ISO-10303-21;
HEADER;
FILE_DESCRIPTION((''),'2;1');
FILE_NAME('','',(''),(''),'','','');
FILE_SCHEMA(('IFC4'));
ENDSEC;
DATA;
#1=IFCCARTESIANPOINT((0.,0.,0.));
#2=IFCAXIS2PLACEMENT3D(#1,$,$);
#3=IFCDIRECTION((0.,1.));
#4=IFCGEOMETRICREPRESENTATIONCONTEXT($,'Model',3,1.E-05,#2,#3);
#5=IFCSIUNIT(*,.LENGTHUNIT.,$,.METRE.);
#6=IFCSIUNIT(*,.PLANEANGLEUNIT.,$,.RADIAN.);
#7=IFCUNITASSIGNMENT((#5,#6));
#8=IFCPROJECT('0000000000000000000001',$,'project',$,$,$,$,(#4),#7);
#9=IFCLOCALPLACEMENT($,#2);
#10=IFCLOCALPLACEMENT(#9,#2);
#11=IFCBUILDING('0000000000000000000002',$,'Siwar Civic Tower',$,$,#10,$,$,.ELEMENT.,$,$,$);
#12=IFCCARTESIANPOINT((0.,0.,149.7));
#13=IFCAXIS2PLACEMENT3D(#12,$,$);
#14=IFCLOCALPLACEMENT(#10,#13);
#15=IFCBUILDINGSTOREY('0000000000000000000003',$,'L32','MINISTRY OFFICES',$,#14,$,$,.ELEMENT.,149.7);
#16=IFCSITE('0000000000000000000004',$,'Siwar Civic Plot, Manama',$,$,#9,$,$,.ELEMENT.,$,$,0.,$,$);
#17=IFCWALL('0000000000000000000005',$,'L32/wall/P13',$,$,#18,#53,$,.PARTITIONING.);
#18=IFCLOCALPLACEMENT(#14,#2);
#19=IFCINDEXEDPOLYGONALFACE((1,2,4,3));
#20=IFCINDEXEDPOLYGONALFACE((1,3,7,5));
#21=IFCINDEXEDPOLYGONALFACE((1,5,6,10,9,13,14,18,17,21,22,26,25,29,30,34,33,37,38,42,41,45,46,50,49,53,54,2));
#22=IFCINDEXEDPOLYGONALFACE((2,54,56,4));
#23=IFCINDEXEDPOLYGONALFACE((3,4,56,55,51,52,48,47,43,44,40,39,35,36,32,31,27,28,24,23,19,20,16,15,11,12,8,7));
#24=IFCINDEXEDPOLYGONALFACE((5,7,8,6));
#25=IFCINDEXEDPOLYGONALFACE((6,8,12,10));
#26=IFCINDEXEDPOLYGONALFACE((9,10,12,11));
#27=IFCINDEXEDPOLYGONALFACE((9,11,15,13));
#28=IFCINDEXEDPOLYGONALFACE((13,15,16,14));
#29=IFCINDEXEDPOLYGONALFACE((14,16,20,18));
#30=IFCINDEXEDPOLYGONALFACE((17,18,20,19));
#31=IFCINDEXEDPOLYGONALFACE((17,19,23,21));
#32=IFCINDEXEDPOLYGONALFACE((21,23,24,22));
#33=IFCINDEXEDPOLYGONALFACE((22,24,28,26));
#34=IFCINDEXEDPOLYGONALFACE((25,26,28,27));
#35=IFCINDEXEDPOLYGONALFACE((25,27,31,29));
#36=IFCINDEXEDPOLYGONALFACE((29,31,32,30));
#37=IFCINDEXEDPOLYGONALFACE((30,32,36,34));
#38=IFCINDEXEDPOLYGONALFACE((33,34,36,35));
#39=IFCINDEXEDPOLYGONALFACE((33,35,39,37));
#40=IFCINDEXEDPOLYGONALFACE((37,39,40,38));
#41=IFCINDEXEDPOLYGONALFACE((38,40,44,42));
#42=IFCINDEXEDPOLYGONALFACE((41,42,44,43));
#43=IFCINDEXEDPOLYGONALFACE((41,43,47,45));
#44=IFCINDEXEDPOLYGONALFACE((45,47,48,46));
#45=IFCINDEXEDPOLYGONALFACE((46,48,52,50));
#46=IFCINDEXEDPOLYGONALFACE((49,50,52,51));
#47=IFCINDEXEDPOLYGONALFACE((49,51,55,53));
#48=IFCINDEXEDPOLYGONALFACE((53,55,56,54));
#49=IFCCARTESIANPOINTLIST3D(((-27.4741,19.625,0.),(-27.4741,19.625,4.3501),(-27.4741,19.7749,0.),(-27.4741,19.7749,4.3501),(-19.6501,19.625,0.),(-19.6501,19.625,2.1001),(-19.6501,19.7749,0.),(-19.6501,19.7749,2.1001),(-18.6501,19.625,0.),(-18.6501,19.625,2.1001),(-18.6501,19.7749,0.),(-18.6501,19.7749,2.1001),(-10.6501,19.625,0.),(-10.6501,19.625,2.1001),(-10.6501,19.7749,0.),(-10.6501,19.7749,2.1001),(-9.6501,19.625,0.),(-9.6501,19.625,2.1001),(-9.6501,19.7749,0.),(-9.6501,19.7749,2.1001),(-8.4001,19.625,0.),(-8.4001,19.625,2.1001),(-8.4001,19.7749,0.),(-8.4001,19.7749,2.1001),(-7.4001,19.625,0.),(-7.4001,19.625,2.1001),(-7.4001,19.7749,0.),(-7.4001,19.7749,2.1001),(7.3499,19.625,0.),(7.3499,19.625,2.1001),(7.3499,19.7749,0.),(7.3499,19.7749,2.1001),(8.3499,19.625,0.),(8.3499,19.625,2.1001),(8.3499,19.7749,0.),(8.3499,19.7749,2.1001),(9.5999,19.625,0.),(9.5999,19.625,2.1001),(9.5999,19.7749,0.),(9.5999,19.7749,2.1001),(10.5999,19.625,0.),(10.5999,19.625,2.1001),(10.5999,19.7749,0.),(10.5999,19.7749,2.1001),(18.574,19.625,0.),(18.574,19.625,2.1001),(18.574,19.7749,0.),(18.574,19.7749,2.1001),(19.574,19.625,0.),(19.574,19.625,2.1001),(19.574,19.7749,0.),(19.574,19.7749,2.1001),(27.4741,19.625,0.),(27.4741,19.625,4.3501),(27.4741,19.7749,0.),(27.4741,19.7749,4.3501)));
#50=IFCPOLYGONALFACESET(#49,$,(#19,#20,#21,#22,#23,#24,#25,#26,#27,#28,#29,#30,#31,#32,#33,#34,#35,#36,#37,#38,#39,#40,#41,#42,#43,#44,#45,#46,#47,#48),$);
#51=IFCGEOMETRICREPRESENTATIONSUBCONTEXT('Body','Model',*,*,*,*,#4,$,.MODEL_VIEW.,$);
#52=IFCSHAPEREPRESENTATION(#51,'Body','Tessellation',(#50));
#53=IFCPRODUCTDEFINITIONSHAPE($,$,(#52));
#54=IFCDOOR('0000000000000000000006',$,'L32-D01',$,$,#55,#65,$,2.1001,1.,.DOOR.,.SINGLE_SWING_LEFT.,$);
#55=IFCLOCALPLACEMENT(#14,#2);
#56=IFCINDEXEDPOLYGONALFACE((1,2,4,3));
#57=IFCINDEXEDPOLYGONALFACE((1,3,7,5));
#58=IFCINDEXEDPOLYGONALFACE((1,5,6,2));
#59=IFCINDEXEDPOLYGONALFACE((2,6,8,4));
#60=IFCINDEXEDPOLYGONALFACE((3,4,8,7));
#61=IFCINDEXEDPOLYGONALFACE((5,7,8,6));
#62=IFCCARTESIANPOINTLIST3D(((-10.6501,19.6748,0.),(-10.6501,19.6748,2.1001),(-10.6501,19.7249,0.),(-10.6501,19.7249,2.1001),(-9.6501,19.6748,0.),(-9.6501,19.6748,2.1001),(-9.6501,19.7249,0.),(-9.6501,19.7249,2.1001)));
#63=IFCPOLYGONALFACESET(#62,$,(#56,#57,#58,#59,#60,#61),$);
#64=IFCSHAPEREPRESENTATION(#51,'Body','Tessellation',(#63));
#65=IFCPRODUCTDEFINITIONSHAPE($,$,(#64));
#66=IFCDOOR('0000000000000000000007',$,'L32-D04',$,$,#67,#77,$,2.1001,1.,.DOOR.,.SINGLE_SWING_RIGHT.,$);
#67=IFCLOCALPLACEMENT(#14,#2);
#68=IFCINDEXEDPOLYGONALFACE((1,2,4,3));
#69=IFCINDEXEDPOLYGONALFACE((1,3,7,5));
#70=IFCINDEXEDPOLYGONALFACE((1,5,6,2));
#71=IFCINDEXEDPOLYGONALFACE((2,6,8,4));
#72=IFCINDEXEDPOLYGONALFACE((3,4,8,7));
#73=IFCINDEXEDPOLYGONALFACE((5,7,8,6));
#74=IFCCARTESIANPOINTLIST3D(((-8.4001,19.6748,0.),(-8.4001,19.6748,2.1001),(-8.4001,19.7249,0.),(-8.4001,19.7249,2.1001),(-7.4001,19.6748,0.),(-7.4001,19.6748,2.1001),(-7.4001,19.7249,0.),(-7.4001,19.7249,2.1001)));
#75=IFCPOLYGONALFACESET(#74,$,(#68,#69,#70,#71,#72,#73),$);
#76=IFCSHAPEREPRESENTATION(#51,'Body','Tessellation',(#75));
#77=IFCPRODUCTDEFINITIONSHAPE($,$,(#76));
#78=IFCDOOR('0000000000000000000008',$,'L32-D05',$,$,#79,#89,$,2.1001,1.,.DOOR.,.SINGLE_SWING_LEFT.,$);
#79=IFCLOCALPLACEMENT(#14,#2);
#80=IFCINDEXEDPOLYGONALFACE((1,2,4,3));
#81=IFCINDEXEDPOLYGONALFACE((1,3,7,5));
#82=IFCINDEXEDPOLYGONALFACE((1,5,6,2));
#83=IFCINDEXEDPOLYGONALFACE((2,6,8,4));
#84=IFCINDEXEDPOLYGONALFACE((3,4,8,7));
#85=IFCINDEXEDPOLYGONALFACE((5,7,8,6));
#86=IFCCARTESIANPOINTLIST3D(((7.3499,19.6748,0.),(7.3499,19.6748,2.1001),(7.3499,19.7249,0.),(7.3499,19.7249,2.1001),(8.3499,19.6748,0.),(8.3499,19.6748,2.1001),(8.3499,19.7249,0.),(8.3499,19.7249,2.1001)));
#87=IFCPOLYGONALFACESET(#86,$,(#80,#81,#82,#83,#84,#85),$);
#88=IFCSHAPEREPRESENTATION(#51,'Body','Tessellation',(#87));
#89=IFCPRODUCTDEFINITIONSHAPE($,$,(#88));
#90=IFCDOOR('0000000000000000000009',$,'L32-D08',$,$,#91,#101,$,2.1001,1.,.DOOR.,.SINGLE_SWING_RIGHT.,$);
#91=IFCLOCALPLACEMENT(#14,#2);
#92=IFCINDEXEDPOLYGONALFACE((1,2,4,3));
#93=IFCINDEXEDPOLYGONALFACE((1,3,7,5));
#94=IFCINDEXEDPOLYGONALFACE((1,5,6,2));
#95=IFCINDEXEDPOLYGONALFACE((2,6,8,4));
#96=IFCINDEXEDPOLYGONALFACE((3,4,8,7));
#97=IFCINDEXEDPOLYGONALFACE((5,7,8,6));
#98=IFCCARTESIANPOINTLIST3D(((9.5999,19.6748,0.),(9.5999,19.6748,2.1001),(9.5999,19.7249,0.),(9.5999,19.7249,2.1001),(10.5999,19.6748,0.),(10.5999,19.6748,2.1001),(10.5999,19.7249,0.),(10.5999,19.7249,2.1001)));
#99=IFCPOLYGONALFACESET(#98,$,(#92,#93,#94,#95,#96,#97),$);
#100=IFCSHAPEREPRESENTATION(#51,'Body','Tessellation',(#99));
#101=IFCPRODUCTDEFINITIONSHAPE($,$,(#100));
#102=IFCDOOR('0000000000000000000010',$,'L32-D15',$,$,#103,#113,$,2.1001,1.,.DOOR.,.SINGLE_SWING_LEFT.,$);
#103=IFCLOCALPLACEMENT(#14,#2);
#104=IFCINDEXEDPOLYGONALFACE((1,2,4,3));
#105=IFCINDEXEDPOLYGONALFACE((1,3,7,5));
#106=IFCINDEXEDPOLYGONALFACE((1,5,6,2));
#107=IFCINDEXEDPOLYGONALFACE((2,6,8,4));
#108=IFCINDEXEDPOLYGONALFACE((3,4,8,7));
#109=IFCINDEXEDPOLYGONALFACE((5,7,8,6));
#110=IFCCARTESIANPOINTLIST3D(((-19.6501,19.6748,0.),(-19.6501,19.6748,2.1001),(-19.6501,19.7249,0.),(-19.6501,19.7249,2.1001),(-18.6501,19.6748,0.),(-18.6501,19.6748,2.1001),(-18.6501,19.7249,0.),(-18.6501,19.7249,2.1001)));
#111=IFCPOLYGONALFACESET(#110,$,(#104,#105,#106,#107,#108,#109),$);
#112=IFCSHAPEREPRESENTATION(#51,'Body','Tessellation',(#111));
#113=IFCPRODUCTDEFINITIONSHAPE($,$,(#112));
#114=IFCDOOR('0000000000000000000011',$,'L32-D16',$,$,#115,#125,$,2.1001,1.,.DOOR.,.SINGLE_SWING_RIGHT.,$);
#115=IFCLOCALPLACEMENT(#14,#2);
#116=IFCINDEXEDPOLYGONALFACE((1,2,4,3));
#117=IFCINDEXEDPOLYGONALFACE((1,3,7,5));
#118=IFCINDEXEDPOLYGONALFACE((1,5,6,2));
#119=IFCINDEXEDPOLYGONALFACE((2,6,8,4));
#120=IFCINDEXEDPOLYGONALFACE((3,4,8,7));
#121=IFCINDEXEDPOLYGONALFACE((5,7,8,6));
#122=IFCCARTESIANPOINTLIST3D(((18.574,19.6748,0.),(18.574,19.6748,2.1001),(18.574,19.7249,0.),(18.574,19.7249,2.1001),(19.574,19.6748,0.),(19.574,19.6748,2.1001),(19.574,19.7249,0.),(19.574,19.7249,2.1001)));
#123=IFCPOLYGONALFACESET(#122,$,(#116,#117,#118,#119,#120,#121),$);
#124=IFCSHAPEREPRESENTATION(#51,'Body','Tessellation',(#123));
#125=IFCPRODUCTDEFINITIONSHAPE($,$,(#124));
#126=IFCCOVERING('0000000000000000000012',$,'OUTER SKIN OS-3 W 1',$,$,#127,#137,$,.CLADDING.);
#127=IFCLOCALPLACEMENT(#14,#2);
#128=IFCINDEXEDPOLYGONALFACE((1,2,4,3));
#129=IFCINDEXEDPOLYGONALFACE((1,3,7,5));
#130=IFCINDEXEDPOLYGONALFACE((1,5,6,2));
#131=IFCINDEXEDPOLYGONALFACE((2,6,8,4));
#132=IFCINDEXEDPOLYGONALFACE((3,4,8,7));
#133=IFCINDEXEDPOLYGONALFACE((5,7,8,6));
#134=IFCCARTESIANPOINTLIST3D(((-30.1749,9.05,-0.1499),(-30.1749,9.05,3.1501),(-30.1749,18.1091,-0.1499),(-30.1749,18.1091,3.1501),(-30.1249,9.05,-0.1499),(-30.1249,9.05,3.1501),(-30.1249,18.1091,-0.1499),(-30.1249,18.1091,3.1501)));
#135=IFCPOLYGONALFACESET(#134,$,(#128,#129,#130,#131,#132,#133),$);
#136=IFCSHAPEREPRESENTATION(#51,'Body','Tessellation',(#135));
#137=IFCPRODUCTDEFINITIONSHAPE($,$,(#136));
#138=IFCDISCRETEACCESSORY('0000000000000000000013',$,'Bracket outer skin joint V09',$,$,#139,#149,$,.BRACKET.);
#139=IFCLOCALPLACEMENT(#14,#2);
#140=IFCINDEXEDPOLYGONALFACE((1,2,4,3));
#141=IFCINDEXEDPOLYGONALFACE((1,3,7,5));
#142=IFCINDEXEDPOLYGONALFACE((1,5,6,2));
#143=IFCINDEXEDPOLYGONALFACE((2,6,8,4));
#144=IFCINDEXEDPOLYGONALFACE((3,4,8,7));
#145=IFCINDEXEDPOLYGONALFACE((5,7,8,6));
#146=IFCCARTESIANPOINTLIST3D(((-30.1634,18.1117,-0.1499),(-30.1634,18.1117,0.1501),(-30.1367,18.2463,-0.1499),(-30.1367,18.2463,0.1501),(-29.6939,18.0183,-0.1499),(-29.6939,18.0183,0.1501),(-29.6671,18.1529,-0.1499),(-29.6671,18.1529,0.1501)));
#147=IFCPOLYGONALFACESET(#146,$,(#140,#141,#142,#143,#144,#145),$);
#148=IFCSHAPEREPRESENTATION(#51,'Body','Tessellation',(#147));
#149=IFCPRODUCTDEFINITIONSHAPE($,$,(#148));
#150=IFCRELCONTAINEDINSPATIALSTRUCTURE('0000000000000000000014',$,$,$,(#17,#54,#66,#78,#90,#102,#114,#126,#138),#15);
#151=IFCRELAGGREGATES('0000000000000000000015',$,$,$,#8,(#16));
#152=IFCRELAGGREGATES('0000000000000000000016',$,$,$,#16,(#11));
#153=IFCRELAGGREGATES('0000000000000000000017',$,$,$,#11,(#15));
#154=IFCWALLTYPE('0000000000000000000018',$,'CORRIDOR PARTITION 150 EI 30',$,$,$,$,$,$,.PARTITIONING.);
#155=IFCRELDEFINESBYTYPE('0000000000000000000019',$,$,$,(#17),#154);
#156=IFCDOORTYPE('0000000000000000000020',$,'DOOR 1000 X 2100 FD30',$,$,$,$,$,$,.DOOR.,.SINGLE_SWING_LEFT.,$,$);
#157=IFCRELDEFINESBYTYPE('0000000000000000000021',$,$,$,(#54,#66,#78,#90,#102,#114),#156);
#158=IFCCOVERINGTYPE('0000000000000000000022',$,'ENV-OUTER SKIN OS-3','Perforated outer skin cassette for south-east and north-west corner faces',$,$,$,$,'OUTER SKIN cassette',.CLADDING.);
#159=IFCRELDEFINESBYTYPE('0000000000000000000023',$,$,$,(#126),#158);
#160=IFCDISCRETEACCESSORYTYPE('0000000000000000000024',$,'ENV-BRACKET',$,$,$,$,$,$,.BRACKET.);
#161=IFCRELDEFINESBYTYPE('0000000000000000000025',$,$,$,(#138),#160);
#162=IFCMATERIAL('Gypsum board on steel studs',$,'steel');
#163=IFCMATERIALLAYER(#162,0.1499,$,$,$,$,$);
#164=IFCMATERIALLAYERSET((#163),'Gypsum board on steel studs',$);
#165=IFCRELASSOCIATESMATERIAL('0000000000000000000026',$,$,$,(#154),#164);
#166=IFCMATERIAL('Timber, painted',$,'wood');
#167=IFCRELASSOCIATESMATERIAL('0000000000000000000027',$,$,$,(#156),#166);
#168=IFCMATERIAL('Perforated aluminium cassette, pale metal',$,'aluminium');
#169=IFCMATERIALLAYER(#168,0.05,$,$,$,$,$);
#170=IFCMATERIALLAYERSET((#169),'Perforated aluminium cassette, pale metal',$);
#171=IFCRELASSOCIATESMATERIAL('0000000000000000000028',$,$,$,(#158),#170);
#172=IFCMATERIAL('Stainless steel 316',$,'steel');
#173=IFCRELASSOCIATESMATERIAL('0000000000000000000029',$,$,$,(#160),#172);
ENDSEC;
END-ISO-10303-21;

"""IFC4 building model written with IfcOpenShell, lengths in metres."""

from ifc_helpers import new_model, si_unit, direction, frame, frame_2d, origin, origin_2d, place, context, subcontext, project, spatial, rectangle, extrude, material, layer, layer_set, type_object, element, fill, save


model = new_model("IFC4")

# Units and contexts
model_context = context("Model", 3, precision=1e-05, world=origin(), true_north=direction((0.0, 1.0)))
body_context = subcontext(model_context, "Body", "Model", "MODEL_VIEW")
ifc_project = project(units=[si_unit("LENGTHUNIT", "METRE"), si_unit("PLANEANGLEUNIT", "RADIAN")], contexts=[model_context])

# Site, building, storey
site_placement = place(None, origin())
site = spatial("IfcSite", under=ifc_project, at=site_placement, Name="Siwar Civic Plot, Manama", CompositionType="ELEMENT", RefElevation=0.0)
building_placement = place(site_placement, origin())
building = spatial("IfcBuilding", under=site, at=building_placement, Name="Siwar Civic Tower", CompositionType="ELEMENT")
storey_placement = place(building_placement, frame((0.0, 0.0, 149.7)))
storey = spatial("IfcBuildingStorey", under=building, at=storey_placement, Name="L32", Description="MINISTRY OFFICES", CompositionType="ELEMENT", Elevation=149.7)

# Shared definitions
ifc_material_1 = material(Name="Gypsum board on steel studs", Category="steel")
ifc_layer_1 = layer(ifc_material_1, 0.1499)
ifc_layer_set_1 = layer_set([ifc_layer_1], Name="Gypsum board on steel studs")
wall_type = type_object("IfcWallType", Name="CORRIDOR PARTITION 150 EI 30", PredefinedType="PARTITIONING", material=ifc_layer_set_1)

# Wall, openings, doors
ifc_material_2 = material(Name="Timber, painted", Category="wood")
door_type = type_object("IfcDoorType", Name="DOOR 1000 X 2100 FD30", OperationType="SINGLE_SWING_LEFT", PredefinedType="DOOR", material=ifc_material_2)
wall_1_placement = place(storey_placement, frame((-27.4741, 19.7, 0.0), z_axis=(0.0, 0.0, 1.0), x_axis=(1.0, 0.0, 0.0)))
wall_1 = element("IfcWall", 1, at=wall_1_placement, inside=storey, type_object=wall_type, Name="L32/wall/P13", PredefinedType="PARTITIONING", context=body_context, shape_type="SweptSolid", body=[
    extrude(rectangle(XDim=54.9482, YDim=0.1499, at=frame_2d((27.4741, 0.0))), origin(), (0.0, 0.0, 1.0), 4.3501),
])
opening_1_placement = place(wall_1_placement, frame((16.824, 0.0, 0.0)))
opening_1 = element("IfcOpeningElement", 2, at=opening_1_placement, cuts=wall_1, PredefinedType="OPENING", context=body_context, shape_type="SweptSolid", body=[
    extrude(rectangle(XDim=1.0, YDim=2.1001, at=frame_2d((0.5, 1.05))), frame((0.0, 0.085, 0.0), z_axis=(0.0, -1.0, 0.0), x_axis=(1.0, 0.0, 0.0)), (0.0, 0.0, 1.0), 0.1699),
])
opening_2_placement = place(wall_1_placement, frame((19.074, 0.0, 0.0)))
opening_2 = element("IfcOpeningElement", 3, at=opening_2_placement, cuts=wall_1, PredefinedType="OPENING", context=body_context, shape_type="SweptSolid", body=[
    extrude(rectangle(XDim=1.0, YDim=2.1001, at=frame_2d((0.5, 1.05))), frame((0.0, 0.085, 0.0), z_axis=(0.0, -1.0, 0.0), x_axis=(1.0, 0.0, 0.0)), (0.0, 0.0, 1.0), 0.1699),
])
opening_3_placement = place(wall_1_placement, frame((34.824, 0.0, 0.0)))
opening_3 = element("IfcOpeningElement", 4, at=opening_3_placement, cuts=wall_1, PredefinedType="OPENING", context=body_context, shape_type="SweptSolid", body=[
    extrude(rectangle(XDim=1.0, YDim=2.1001, at=frame_2d((0.5, 1.05))), frame((0.0, 0.085, 0.0), z_axis=(0.0, -1.0, 0.0), x_axis=(1.0, 0.0, 0.0)), (0.0, 0.0, 1.0), 0.1699),
])
opening_4_placement = place(wall_1_placement, frame((37.074, 0.0, 0.0)))
opening_4 = element("IfcOpeningElement", 5, at=opening_4_placement, cuts=wall_1, PredefinedType="OPENING", context=body_context, shape_type="SweptSolid", body=[
    extrude(rectangle(XDim=1.0, YDim=2.1001, at=frame_2d((0.5, 1.05))), frame((0.0, 0.085, 0.0), z_axis=(0.0, -1.0, 0.0), x_axis=(1.0, 0.0, 0.0)), (0.0, 0.0, 1.0), 0.1699),
])
opening_5_placement = place(wall_1_placement, frame((7.824, 0.0, 0.0)))
opening_5 = element("IfcOpeningElement", 6, at=opening_5_placement, cuts=wall_1, PredefinedType="OPENING", context=body_context, shape_type="SweptSolid", body=[
    extrude(rectangle(XDim=1.0, YDim=2.1001, at=frame_2d((0.5, 1.05))), frame((0.0, 0.085, 0.0), z_axis=(0.0, -1.0, 0.0), x_axis=(1.0, 0.0, 0.0)), (0.0, 0.0, 1.0), 0.1699),
])
opening_6_placement = place(wall_1_placement, frame((46.0481, 0.0, 0.0)))
opening_6 = element("IfcOpeningElement", 7, at=opening_6_placement, cuts=wall_1, PredefinedType="OPENING", context=body_context, shape_type="SweptSolid", body=[
    extrude(rectangle(XDim=1.0, YDim=2.1001, at=frame_2d((0.5, 1.05))), frame((0.0, 0.085, 0.0), z_axis=(0.0, -1.0, 0.0), x_axis=(1.0, 0.0, 0.0)), (0.0, 0.0, 1.0), 0.1699),
])
door_1_placement = place(opening_1_placement, origin())
door_1 = element("IfcDoor", 8, at=door_1_placement, inside=storey, type_object=door_type, Name="L32-D01", OperationType="SINGLE_SWING_LEFT", OverallHeight=2.1001, OverallWidth=1.0, PredefinedType="DOOR", context=body_context, shape_type="SweptSolid", body=[
    extrude(rectangle(XDim=1.0, YDim=2.1001, at=frame_2d((0.5, 1.05))), frame((0.0, 0.0249, 0.0), z_axis=(0.0, -1.0, 0.0), x_axis=(1.0, 0.0, 0.0)), (0.0, 0.0, 1.0), 0.05),
])
fill(opening_1, door_1)
door_2_placement = place(opening_2_placement, origin())
door_2 = element("IfcDoor", 9, at=door_2_placement, inside=storey, type_object=door_type, Name="L32-D04", OperationType="SINGLE_SWING_RIGHT", OverallHeight=2.1001, OverallWidth=1.0, PredefinedType="DOOR", context=body_context, shape_type="SweptSolid", body=[
    extrude(rectangle(XDim=1.0, YDim=2.1001, at=frame_2d((0.5, 1.05))), frame((0.0, 0.0249, 0.0), z_axis=(0.0, -1.0, 0.0), x_axis=(1.0, 0.0, 0.0)), (0.0, 0.0, 1.0), 0.05),
])
fill(opening_2, door_2)
door_3_placement = place(opening_3_placement, origin())
door_3 = element("IfcDoor", 10, at=door_3_placement, inside=storey, type_object=door_type, Name="L32-D05", OperationType="SINGLE_SWING_LEFT", OverallHeight=2.1001, OverallWidth=1.0, PredefinedType="DOOR", context=body_context, shape_type="SweptSolid", body=[
    extrude(rectangle(XDim=1.0, YDim=2.1001, at=frame_2d((0.5, 1.05))), frame((0.0, 0.0249, 0.0), z_axis=(0.0, -1.0, 0.0), x_axis=(1.0, 0.0, 0.0)), (0.0, 0.0, 1.0), 0.05),
])
fill(opening_3, door_3)
door_4_placement = place(opening_4_placement, origin())
door_4 = element("IfcDoor", 11, at=door_4_placement, inside=storey, type_object=door_type, Name="L32-D08", OperationType="SINGLE_SWING_RIGHT", OverallHeight=2.1001, OverallWidth=1.0, PredefinedType="DOOR", context=body_context, shape_type="SweptSolid", body=[
    extrude(rectangle(XDim=1.0, YDim=2.1001, at=frame_2d((0.5, 1.05))), frame((0.0, 0.0249, 0.0), z_axis=(0.0, -1.0, 0.0), x_axis=(1.0, 0.0, 0.0)), (0.0, 0.0, 1.0), 0.05),
])
fill(opening_4, door_4)
door_5_placement = place(opening_5_placement, origin())
door_5 = element("IfcDoor", 12, at=door_5_placement, inside=storey, type_object=door_type, Name="L32-D15", OperationType="SINGLE_SWING_LEFT", OverallHeight=2.1001, OverallWidth=1.0, PredefinedType="DOOR", context=body_context, shape_type="SweptSolid", body=[
    extrude(rectangle(XDim=1.0, YDim=2.1001, at=frame_2d((0.5, 1.05))), frame((0.0, 0.0249, 0.0), z_axis=(0.0, -1.0, 0.0), x_axis=(1.0, 0.0, 0.0)), (0.0, 0.0, 1.0), 0.05),
])
fill(opening_5, door_5)
door_6_placement = place(opening_6_placement, origin())
door_6 = element("IfcDoor", 13, at=door_6_placement, inside=storey, type_object=door_type, Name="L32-D16", OperationType="SINGLE_SWING_RIGHT", OverallHeight=2.1001, OverallWidth=1.0, PredefinedType="DOOR", context=body_context, shape_type="SweptSolid", body=[
    extrude(rectangle(XDim=1.0, YDim=2.1001, at=frame_2d((0.5, 1.05))), frame((0.0, 0.0249, 0.0), z_axis=(0.0, -1.0, 0.0), x_axis=(1.0, 0.0, 0.0)), (0.0, 0.0, 1.0), 0.05),
])
fill(opening_6, door_6)

# Covering
ifc_material_3 = material(Name="Perforated aluminium cassette, pale metal", Category="aluminium")
ifc_layer_2 = layer(ifc_material_3, 0.05)
ifc_layer_set_2 = layer_set([ifc_layer_2], Name="Perforated aluminium cassette, pale metal")
covering_type = type_object("IfcCoveringType", Name="ENV-OUTER SKIN OS-3", Description="Perforated outer skin cassette for south-east and north-west corner faces", ElementType="OUTER SKIN cassette", PredefinedType="CLADDING", material=ifc_layer_set_2)
covering_placement = place(storey_placement, frame((-30.1499, 13.5796, -0.1499), z_axis=(0.0, 0.0, 1.0), x_axis=(0.0, -1.0, 0.0)))
element("IfcCovering", 14, at=covering_placement, inside=storey, type_object=covering_type, Name="OUTER SKIN OS-3 W 1", PredefinedType="CLADDING", context=body_context, shape_type="SweptSolid", body=[
    extrude(rectangle(XDim=9.0591, YDim=0.05, at=origin_2d()), origin(), (0.0, 0.0, 1.0), 3.3),
])

# Discrete accessory
ifc_material_4 = material(Name="Stainless steel 316", Category="steel")
discrete_accessory_type = type_object("IfcDiscreteAccessoryType", Name="ENV-BRACKET", PredefinedType="BRACKET", material=ifc_material_4)
discrete_accessory_placement = place(storey_placement, frame((-29.9153, 18.1323, -0.1499), z_axis=(0.0, 0.0, 1.0), x_axis=(-0.980785, 0.19509, 0.0)))
element("IfcDiscreteAccessory", 15, at=discrete_accessory_placement, inside=storey, type_object=discrete_accessory_type, Name="Bracket outer skin joint V09", PredefinedType="BRACKET", context=body_context, shape_type="SweptSolid", body=[
    extrude(rectangle(XDim=0.4788, YDim=0.1372, at=origin_2d()), origin(), (0.0, 0.0, 1.0), 0.3),
])

save(model, "model.ifc")
